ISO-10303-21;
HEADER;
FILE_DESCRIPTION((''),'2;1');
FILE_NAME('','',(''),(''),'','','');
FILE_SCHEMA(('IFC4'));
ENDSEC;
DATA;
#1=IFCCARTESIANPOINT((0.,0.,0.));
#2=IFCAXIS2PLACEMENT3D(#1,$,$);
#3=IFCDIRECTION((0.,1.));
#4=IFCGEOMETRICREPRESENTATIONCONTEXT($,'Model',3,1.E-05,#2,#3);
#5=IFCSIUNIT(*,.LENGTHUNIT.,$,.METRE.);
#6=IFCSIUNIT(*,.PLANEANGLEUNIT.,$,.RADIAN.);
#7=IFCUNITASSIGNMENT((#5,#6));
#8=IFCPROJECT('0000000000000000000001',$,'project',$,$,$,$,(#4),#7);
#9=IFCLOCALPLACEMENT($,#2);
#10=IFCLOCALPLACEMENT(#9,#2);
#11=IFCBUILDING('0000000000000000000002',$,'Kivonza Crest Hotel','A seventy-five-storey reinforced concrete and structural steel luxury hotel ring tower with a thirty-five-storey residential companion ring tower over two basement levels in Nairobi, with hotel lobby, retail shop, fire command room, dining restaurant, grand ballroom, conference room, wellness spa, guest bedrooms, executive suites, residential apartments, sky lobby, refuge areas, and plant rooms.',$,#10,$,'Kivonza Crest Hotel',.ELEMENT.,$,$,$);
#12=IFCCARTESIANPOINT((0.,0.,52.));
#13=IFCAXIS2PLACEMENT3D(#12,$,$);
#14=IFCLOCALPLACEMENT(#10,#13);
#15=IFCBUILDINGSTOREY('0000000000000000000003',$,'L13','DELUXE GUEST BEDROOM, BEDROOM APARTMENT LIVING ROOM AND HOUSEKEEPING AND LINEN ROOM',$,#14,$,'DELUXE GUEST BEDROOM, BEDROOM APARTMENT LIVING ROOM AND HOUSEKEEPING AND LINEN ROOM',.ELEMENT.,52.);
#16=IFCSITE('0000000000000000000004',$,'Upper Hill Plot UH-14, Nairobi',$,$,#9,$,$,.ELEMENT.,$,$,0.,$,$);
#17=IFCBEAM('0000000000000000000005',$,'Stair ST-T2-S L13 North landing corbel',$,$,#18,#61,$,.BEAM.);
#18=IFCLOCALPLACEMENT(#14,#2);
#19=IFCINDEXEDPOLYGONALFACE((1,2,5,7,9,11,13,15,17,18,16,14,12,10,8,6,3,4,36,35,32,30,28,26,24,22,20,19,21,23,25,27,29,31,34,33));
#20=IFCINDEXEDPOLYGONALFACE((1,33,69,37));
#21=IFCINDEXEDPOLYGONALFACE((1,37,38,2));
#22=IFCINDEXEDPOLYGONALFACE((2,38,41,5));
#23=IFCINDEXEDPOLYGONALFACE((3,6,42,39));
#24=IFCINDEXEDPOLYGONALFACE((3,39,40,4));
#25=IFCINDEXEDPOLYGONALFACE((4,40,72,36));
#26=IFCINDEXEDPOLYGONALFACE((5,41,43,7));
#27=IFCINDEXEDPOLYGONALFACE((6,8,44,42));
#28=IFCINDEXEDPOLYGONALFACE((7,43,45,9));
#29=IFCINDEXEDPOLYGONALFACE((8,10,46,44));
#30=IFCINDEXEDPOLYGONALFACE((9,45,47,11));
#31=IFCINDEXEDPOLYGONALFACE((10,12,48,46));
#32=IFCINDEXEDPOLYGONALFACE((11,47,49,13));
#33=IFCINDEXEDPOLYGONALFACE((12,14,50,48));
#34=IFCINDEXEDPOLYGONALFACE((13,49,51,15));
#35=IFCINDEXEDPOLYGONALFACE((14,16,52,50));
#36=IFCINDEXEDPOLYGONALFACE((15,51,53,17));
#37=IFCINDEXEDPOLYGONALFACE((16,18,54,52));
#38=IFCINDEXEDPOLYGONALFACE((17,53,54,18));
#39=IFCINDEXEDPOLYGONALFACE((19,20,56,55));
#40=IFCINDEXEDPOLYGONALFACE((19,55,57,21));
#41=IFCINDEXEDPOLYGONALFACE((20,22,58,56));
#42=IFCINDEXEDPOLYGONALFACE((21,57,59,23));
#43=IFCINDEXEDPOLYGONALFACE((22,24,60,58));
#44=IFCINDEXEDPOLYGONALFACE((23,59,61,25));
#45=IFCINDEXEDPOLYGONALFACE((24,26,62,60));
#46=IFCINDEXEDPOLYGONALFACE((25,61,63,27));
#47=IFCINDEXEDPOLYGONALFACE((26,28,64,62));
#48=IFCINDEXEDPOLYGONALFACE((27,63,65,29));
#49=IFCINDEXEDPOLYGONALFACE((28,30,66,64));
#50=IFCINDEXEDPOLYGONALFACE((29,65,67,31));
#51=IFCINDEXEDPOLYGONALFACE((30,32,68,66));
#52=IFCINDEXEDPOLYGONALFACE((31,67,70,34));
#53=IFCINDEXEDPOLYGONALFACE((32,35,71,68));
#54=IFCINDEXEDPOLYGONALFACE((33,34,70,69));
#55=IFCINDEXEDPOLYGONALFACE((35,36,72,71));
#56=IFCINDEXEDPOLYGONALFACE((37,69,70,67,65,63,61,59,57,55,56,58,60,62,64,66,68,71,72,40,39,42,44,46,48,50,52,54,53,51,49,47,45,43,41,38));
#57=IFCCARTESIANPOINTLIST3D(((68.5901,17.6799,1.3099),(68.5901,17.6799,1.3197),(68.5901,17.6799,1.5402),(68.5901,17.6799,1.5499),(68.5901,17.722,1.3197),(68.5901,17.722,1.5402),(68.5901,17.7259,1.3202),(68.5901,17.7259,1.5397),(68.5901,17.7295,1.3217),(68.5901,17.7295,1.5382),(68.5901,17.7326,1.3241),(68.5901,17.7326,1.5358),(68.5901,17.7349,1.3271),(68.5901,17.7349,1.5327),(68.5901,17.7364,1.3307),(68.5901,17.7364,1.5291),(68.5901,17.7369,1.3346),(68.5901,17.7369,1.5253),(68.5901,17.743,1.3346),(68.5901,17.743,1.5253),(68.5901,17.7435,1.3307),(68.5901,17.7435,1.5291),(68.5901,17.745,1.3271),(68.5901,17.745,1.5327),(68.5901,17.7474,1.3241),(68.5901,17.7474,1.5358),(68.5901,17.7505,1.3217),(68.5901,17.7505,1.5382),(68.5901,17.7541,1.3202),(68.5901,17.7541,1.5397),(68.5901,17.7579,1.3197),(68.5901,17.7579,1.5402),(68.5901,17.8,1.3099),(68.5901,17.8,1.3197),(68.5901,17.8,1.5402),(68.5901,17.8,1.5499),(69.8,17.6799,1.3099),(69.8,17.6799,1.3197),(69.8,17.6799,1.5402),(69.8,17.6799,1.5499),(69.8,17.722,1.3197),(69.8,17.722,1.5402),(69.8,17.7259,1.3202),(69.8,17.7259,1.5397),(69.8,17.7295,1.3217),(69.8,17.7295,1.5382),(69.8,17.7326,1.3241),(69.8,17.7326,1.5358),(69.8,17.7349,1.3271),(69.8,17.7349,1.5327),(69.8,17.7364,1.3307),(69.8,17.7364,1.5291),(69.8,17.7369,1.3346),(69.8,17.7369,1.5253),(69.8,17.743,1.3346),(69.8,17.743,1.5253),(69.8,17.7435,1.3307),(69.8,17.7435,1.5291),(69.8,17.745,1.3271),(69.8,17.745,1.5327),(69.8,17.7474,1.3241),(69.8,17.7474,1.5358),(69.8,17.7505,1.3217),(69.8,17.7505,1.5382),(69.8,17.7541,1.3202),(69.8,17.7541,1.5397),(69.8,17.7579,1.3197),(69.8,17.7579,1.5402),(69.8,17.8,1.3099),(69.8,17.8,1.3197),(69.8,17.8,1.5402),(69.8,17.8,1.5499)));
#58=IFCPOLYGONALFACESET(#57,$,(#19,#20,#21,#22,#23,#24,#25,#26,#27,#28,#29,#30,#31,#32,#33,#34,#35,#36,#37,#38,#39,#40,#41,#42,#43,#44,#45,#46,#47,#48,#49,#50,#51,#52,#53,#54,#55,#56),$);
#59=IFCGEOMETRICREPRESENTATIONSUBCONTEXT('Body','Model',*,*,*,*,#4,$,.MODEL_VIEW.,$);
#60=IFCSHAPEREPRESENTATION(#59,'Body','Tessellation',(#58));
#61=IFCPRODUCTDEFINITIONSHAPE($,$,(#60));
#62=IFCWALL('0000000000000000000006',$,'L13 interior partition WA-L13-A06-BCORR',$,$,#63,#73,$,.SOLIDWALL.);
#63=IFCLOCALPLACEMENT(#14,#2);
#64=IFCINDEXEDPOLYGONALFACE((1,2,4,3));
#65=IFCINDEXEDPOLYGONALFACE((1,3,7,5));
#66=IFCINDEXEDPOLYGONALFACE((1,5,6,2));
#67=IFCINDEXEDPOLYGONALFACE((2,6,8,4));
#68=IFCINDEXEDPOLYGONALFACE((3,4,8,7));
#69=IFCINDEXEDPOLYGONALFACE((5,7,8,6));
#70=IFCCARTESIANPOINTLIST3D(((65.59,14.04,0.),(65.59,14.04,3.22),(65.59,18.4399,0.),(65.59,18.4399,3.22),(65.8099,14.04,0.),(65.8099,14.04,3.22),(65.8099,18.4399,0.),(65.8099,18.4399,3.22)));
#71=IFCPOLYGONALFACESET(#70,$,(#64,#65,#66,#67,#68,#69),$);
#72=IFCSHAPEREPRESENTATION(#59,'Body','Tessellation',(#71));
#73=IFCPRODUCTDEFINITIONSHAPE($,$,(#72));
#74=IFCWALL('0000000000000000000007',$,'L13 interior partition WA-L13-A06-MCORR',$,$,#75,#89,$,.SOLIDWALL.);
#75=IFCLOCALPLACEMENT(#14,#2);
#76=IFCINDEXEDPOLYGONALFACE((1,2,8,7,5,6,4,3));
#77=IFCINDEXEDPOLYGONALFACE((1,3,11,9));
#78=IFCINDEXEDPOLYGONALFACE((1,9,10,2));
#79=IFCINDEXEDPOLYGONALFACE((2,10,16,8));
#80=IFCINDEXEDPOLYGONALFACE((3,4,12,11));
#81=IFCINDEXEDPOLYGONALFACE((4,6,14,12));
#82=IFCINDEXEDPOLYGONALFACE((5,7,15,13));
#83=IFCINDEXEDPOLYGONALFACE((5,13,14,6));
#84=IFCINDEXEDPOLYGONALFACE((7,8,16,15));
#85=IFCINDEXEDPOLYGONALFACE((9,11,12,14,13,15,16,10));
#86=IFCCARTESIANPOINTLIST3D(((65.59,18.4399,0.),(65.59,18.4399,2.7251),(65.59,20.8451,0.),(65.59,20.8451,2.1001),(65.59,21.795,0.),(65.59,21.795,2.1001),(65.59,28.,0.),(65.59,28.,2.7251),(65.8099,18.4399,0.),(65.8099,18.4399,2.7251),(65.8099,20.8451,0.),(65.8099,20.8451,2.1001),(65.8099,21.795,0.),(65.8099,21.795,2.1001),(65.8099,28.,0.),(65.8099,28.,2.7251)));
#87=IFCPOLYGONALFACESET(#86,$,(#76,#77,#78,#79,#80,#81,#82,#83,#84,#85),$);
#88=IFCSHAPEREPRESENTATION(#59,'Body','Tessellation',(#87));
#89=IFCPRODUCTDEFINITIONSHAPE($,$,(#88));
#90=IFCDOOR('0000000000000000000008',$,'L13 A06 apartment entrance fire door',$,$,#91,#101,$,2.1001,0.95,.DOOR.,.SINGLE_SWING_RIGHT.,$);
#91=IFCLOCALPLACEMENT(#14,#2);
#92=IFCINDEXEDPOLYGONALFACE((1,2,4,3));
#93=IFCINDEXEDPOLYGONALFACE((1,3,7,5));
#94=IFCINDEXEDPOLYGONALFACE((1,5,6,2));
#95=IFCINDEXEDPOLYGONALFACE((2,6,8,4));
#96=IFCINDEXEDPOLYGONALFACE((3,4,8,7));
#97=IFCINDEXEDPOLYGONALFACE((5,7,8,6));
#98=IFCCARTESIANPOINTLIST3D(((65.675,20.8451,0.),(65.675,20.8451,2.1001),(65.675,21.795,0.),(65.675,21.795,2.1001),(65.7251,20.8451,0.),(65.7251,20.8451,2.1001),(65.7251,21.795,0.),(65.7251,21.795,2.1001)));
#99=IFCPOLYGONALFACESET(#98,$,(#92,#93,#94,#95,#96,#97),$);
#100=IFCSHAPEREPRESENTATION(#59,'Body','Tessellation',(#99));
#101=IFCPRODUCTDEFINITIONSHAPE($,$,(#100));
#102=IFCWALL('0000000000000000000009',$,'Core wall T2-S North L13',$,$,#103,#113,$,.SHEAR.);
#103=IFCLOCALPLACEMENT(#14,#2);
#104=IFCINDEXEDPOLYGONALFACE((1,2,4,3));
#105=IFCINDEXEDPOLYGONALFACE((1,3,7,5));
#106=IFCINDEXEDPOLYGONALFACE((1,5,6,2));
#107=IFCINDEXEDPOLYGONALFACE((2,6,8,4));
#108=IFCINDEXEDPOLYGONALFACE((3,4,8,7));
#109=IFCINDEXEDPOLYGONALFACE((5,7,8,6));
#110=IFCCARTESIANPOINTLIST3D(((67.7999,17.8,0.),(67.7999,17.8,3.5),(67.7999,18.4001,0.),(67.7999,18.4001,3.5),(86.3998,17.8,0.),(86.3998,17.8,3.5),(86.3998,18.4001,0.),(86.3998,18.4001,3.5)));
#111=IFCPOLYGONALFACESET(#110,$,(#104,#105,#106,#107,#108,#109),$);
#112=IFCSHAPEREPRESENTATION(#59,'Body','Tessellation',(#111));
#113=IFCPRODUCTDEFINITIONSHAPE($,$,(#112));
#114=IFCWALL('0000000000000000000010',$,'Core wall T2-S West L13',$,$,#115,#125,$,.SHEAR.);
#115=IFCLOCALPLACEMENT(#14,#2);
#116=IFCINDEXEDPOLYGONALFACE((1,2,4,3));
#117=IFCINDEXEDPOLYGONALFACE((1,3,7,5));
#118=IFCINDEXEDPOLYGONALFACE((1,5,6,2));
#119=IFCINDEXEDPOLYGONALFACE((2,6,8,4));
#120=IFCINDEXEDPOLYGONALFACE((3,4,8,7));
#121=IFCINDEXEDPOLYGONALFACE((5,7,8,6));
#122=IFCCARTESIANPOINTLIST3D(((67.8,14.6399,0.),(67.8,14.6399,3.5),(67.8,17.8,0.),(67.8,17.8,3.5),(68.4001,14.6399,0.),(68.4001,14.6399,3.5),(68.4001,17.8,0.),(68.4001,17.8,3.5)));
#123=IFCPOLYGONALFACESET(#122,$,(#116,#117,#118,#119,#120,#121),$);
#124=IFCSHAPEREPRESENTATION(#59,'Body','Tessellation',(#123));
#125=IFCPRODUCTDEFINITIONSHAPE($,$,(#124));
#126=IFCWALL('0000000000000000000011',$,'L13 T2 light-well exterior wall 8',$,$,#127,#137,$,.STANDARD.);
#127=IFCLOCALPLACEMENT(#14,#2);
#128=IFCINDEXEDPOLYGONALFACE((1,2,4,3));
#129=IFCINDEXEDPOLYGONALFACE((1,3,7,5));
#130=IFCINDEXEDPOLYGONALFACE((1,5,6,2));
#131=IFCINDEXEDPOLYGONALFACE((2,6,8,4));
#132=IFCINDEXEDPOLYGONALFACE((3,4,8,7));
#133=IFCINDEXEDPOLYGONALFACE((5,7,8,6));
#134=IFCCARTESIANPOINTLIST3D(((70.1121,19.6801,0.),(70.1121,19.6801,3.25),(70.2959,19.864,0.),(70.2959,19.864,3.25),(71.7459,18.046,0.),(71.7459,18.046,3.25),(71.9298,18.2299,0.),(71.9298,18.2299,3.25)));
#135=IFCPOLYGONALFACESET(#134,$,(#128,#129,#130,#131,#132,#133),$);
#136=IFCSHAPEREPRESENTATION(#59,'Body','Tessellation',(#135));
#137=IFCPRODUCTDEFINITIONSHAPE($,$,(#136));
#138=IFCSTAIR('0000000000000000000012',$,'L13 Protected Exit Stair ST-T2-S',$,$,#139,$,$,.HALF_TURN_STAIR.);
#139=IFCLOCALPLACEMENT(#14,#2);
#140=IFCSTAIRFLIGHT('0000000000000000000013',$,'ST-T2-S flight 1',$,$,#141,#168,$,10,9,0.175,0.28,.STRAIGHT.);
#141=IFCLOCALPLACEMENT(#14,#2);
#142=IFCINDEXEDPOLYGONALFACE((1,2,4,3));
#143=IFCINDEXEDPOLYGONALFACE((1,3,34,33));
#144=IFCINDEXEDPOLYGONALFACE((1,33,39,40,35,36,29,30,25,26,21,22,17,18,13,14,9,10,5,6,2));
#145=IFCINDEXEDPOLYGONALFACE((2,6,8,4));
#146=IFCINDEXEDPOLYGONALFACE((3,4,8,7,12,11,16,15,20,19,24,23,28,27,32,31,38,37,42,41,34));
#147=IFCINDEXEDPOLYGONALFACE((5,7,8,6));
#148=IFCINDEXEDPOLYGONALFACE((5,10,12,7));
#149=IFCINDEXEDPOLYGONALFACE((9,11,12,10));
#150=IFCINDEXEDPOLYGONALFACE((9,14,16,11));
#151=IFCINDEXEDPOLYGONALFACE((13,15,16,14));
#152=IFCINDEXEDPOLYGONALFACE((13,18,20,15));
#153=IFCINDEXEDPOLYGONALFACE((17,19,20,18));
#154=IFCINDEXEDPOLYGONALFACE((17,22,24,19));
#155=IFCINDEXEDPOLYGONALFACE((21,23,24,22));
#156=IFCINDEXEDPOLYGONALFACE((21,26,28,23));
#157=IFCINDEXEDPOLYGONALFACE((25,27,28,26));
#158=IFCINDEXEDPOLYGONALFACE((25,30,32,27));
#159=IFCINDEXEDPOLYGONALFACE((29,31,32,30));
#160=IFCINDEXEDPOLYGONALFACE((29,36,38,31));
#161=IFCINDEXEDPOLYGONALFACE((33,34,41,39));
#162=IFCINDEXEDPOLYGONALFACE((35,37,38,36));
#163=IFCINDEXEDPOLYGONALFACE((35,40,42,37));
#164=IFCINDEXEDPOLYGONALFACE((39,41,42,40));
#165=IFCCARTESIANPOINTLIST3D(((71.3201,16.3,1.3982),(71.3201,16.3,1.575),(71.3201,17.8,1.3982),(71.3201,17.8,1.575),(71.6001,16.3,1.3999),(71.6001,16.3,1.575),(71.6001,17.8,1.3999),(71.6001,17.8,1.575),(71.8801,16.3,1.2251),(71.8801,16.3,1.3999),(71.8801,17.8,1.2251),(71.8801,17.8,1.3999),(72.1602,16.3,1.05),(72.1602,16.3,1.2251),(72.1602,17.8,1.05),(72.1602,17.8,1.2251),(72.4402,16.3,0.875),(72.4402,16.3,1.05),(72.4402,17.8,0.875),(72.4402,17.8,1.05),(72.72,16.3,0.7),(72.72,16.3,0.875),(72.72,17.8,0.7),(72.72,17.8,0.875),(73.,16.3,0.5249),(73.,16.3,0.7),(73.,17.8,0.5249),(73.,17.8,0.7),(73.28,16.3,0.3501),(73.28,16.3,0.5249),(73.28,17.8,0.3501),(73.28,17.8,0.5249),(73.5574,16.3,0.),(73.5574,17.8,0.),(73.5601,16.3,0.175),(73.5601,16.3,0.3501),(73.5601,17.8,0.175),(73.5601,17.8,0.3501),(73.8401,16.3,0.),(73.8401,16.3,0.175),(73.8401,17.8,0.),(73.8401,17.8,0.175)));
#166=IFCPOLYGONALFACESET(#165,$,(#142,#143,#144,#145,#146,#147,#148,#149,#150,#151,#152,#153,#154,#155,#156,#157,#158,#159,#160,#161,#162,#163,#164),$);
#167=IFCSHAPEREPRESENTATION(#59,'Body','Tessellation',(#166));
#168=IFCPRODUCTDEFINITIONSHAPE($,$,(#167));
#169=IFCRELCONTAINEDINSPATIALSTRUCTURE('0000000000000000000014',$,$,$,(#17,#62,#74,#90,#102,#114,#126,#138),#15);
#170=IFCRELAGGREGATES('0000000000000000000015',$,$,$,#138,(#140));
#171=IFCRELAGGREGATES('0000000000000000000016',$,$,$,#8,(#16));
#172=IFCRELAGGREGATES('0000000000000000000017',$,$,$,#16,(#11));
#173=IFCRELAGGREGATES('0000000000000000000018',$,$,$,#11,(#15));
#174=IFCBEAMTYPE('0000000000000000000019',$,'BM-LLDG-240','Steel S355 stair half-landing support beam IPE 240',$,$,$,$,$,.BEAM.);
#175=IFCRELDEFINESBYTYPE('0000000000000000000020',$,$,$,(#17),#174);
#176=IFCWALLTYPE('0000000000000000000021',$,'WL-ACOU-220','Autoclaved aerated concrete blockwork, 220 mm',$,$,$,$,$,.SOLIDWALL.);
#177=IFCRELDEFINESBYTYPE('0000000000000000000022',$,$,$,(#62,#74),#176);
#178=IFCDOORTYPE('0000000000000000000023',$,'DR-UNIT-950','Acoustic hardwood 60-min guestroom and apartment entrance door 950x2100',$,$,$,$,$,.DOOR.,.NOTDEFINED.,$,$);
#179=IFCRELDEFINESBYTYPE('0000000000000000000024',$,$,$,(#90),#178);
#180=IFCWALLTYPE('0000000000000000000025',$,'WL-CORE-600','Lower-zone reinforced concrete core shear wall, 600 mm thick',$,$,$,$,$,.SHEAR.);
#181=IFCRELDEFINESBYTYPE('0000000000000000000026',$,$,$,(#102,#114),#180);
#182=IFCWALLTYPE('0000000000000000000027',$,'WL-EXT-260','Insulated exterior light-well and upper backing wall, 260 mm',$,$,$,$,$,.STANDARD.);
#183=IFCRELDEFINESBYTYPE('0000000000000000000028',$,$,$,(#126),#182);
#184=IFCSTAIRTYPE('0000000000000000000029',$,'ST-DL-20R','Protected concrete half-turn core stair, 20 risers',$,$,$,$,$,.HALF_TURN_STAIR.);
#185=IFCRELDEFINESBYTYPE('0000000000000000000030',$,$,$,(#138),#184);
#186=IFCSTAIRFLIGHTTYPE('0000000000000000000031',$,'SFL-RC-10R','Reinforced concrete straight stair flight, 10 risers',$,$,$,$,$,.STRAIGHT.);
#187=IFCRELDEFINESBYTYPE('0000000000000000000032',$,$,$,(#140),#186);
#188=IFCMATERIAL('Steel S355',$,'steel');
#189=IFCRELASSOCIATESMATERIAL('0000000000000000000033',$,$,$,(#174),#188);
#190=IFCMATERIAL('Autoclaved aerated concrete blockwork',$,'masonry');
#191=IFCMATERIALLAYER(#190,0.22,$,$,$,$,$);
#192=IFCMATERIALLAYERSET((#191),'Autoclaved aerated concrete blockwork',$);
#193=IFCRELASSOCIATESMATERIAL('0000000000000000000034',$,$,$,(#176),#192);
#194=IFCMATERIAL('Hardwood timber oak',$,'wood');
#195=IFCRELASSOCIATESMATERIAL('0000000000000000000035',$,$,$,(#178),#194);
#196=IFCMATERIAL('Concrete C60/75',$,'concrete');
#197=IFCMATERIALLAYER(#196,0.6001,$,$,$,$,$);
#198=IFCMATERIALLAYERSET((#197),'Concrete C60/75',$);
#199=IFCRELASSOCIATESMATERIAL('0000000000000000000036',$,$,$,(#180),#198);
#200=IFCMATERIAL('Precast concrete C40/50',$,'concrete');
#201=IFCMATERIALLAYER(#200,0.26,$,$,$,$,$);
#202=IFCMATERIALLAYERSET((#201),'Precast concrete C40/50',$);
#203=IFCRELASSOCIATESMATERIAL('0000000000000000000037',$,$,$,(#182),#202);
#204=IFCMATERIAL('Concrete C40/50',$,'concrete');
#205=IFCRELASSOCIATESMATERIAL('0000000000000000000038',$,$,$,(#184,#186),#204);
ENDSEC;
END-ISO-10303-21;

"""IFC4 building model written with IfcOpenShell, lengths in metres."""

from ifc_helpers import new_model, si_unit, direction, frame, frame_2d, origin, origin_2d, place, context, subcontext, project, spatial, polyline, rectangle, i_section, outline, extrude, material, layer, layer_set, material_profile, profile_set, type_object, element, fill, aggregate, save


model = new_model("IFC4")

# Units and contexts
model_context = context("Model", 3, precision=1e-05, world=origin(), true_north=direction((0.0, 1.0)))
body_context = subcontext(model_context, "Body", "Model", "MODEL_VIEW")
ifc_project = project(units=[si_unit("LENGTHUNIT", "METRE"), si_unit("PLANEANGLEUNIT", "RADIAN")], contexts=[model_context])

# Site, building, storey
site_placement = place(None, origin())
site = spatial("IfcSite", under=ifc_project, at=site_placement, Name="Upper Hill Plot UH-14, Nairobi", CompositionType="ELEMENT", RefElevation=0.0)
building_placement = place(site_placement, origin())
building = spatial("IfcBuilding", under=site, at=building_placement, Name="Kivonza Crest Hotel", Description="A seventy-five-storey reinforced concrete and structural steel luxury hotel ring tower with a thirty-five-storey residential companion ring tower over two basement levels in Nairobi, with hotel lobby, retail shop, fire command room, dining restaurant, grand ballroom, conference room, wellness spa, guest bedrooms, executive suites, residential apartments, sky lobby, refuge areas, and plant rooms.", LongName="Kivonza Crest Hotel", CompositionType="ELEMENT")
storey_placement = place(building_placement, frame((0.0, 0.0, 52.0)))
storey = spatial("IfcBuildingStorey", under=building, at=storey_placement, Name="L13", Description="DELUXE GUEST BEDROOM, BEDROOM APARTMENT LIVING ROOM AND HOUSEKEEPING AND LINEN ROOM", LongName="DELUXE GUEST BEDROOM, BEDROOM APARTMENT LIVING ROOM AND HOUSEKEEPING AND LINEN ROOM", CompositionType="ELEMENT", Elevation=52.0)

# Beam
ifc_material_1 = material(Name="Steel S355", Category="steel")
ifc_material_profile_1 = material_profile(ifc_material_1, i_section(OverallWidth=0.1201, OverallDepth=0.24, WebThickness=0.0061, FlangeThickness=0.0098, FilletRadius=0.0149, at=origin_2d()), Name="IPE 240")
ifc_profile_set_1 = profile_set([ifc_material_profile_1], Name="Steel S355")
beam_type_1 = type_object("IfcBeamType", Name="BM-LLDG-240", Description="Steel S355 stair half-landing support beam IPE 240", PredefinedType="BEAM", material=ifc_profile_set_1)
for number, where, z_axis, x_axis, name in (
    (1, (68.5901, 17.74, 1.4299), (1.0, 0.0, 0.0), (0.0, 1.0, 0.0), "Stair ST-T2-S L13 North landing corbel"),
):
    element("IfcBeam", number, at=place(storey_placement, frame(where, z_axis=z_axis, x_axis=x_axis)), inside=storey, type_object=beam_type_1, Name=name, PredefinedType="BEAM", context=body_context, shape_type="SweptSolid", body=[
        extrude(i_section(OverallWidth=0.1201, OverallDepth=0.24, WebThickness=0.0061, FlangeThickness=0.0098, FilletRadius=0.0149, at=origin_2d()), origin(), (0.0, 0.0, 1.0), 1.21),
    ])

# Wall
ifc_material_2 = material(Name="Autoclaved aerated concrete blockwork", Category="masonry")
ifc_layer_1 = layer(ifc_material_2, 0.22)
ifc_layer_set_1 = layer_set([ifc_layer_1], Name="Autoclaved aerated concrete blockwork")
wall_type_1 = type_object("IfcWallType", Name="WL-ACOU-220", Description="Autoclaved aerated concrete blockwork, 220 mm", PredefinedType="SOLIDWALL", material=ifc_layer_set_1)
wall_1_placement = place(storey_placement, frame((65.7, 14.04, 0.0), z_axis=(0.0, 0.0, 1.0), x_axis=(0.0, 1.0, 0.0)))
element("IfcWall", 2, at=wall_1_placement, inside=storey, type_object=wall_type_1, Name="L13 interior partition WA-L13-A06-BCORR", PredefinedType="SOLIDWALL", context=body_context, shape_type="SweptSolid", body=[
    extrude(rectangle(XDim=4.3999, YDim=0.22, at=frame_2d((2.2, 0.0))), origin(), (0.0, 0.0, 1.0), 3.22),
])

# Wall, opening, door
wall_2_placement = place(storey_placement, frame((65.7, 18.4399, 0.0), z_axis=(0.0, 0.0, 1.0), x_axis=(0.0, 1.0, 0.0)))
wall_2 = element("IfcWall", 3, at=wall_2_placement, inside=storey, type_object=wall_type_1, Name="L13 interior partition WA-L13-A06-MCORR", PredefinedType="SOLIDWALL", context=body_context, shape_type="SweptSolid", body=[
    extrude(rectangle(XDim=9.5601, YDim=0.22, at=frame_2d((4.78, 0.0))), origin(), (0.0, 0.0, 1.0), 2.7251),
])
opening_1_placement = place(wall_2_placement, frame((2.405, 0.0, 0.0)))
opening_1 = element("IfcOpeningElement", 4, at=opening_1_placement, cuts=wall_2, PredefinedType="OPENING", context=body_context, shape_type="SweptSolid", body=[
    extrude(rectangle(XDim=0.95, YDim=2.1001, at=frame_2d((0.4751, 1.05))), frame((0.0, 0.1201, 0.0), z_axis=(0.0, -1.0, 0.0), x_axis=(1.0, 0.0, 0.0)), (0.0, 0.0, 1.0), 0.24),
])
ifc_material_3 = material(Name="Hardwood timber oak", Category="wood")
door_type_1 = type_object("IfcDoorType", Name="DR-UNIT-950", Description="Acoustic hardwood 60-min guestroom and apartment entrance door 950x2100", OperationType="NOTDEFINED", PredefinedType="DOOR", material=ifc_material_3)
door_1_placement = place(opening_1_placement, origin())
door_1 = element("IfcDoor", 5, at=door_1_placement, inside=storey, type_object=door_type_1, Name="L13 A06 apartment entrance fire door", OperationType="SINGLE_SWING_RIGHT", OverallHeight=2.1001, OverallWidth=0.95, PredefinedType="DOOR", context=body_context, shape_type="SweptSolid", body=[
    extrude(rectangle(XDim=0.95, YDim=2.1001, at=frame_2d((0.4751, 1.05))), frame((0.0, 0.0249, 0.0), z_axis=(0.0, -1.0, 0.0), x_axis=(1.0, 0.0, 0.0)), (0.0, 0.0, 1.0), 0.05),
])
fill(opening_1, door_1)

# Shared definitions
ifc_material_4 = material(Name="Concrete C60/75", Category="concrete")
ifc_layer_2 = layer(ifc_material_4, 0.6001)
ifc_layer_set_2 = layer_set([ifc_layer_2], Name="Concrete C60/75")
wall_type_2 = type_object("IfcWallType", Name="WL-CORE-600", Description="Lower-zone reinforced concrete core shear wall, 600 mm thick", PredefinedType="SHEAR", material=ifc_layer_set_2)

# Walls
wall_3_placement = place(storey_placement, frame((67.8, 18.1001, 0.0), z_axis=(0.0, 0.0, 1.0), x_axis=(1.0, 0.0, 0.0)))
element("IfcWall", 6, at=wall_3_placement, inside=storey, type_object=wall_type_2, Name="Core wall T2-S North L13", PredefinedType="SHEAR", context=body_context, shape_type="SweptSolid", body=[
    extrude(rectangle(XDim=18.5999, YDim=0.6001, at=frame_2d((9.2998, 0.0))), origin(), (0.0, 0.0, 1.0), 3.5),
])
wall_4_placement = place(storey_placement, frame((68.1001, 14.6399, 0.0), z_axis=(0.0, 0.0, 1.0), x_axis=(0.0, 1.0, 0.0)))
element("IfcWall", 7, at=wall_4_placement, inside=storey, type_object=wall_type_2, Name="Core wall T2-S West L13", PredefinedType="SHEAR", context=body_context, shape_type="SweptSolid", body=[
    extrude(rectangle(XDim=3.1602, YDim=0.6001, at=frame_2d((1.5801, 0.0))), origin(), (0.0, 0.0, 1.0), 3.5),
])
ifc_material_5 = material(Name="Precast concrete C40/50", Category="concrete")
ifc_layer_3 = layer(ifc_material_5, 0.26)
ifc_layer_set_3 = layer_set([ifc_layer_3], Name="Precast concrete C40/50")
wall_type_3 = type_object("IfcWallType", Name="WL-EXT-260", Description="Insulated exterior light-well and upper backing wall, 260 mm", PredefinedType="STANDARD", material=ifc_layer_set_3)
wall_5_placement = place(storey_placement, frame((70.2041, 19.772, 0.0), z_axis=(0.0, 0.0, 1.0), x_axis=(0.707054, -0.70716, 0.0)))
element("IfcWall", 8, at=wall_5_placement, inside=storey, type_object=wall_type_3, Name="L13 T2 light-well exterior wall 8", PredefinedType="STANDARD", context=body_context, shape_type="SweptSolid", body=[
    extrude(rectangle(XDim=2.3108, YDim=0.26, at=frame_2d((1.1553, 0.0))), origin(), (0.0, 0.0, 1.0), 3.25),
])

# Stair, stair flight
ifc_material_6 = material(Name="Concrete C40/50", Category="concrete")
stair_type = type_object("IfcStairType", Name="ST-DL-20R", Description="Protected concrete half-turn core stair, 20 risers", PredefinedType="HALF_TURN_STAIR", material=ifc_material_6)
stair_placement = place(storey_placement, origin())
stair = element("IfcStair", 9, at=stair_placement, inside=storey, type_object=stair_type, Name="L13 Protected Exit Stair ST-T2-S", PredefinedType="HALF_TURN_STAIR")
stair_flight_type = type_object("IfcStairFlightType", Name="SFL-RC-10R", Description="Reinforced concrete straight stair flight, 10 risers", PredefinedType="STRAIGHT", material=ifc_material_6)
stair_flight_1_placement = place(storey_placement, frame((73.8401, 17.05, 0.0), z_axis=(0.0, 0.0, 1.0), x_axis=(-1.0, 0.0, 0.0)))
stair_flight_1 = element("IfcStairFlight", 10, at=stair_flight_1_placement, type_object=stair_flight_type, Name="ST-T2-S flight 1", NumberOfRisers=10, NumberOfTreads=9, PredefinedType="STRAIGHT", RiserHeight=0.175, TreadLength=0.28, context=body_context, shape_type="SweptSolid", body=[
    extrude(outline(polyline([(0.0, 0.0), (0.0, 0.175), (0.28, 0.175), (0.28, 0.3501), (0.5601, 0.3501), (0.5601, 0.5249), (0.8401, 0.5249), (0.8401, 0.7), (1.1201, 0.7), (1.1201, 0.875), (1.3999, 0.875), (1.3999, 1.05), (1.6799, 1.05), (1.6799, 1.2251), (1.96, 1.2251), (1.96, 1.3999), (2.24, 1.3999), (2.24, 1.575), (2.52, 1.575), (2.52, 1.75), (2.52, 1.3982), (0.2827, 0.0), (0.0, 0.0)])), frame((0.0, 0.75, 0.0), z_axis=(0.0, -1.0, 0.0), x_axis=(1.0, 0.0, 0.0)), (0.0, 0.0, 1.0), 1.5),
])
aggregate(stair, [stair_flight_1])

save(model, "model.ifc")
